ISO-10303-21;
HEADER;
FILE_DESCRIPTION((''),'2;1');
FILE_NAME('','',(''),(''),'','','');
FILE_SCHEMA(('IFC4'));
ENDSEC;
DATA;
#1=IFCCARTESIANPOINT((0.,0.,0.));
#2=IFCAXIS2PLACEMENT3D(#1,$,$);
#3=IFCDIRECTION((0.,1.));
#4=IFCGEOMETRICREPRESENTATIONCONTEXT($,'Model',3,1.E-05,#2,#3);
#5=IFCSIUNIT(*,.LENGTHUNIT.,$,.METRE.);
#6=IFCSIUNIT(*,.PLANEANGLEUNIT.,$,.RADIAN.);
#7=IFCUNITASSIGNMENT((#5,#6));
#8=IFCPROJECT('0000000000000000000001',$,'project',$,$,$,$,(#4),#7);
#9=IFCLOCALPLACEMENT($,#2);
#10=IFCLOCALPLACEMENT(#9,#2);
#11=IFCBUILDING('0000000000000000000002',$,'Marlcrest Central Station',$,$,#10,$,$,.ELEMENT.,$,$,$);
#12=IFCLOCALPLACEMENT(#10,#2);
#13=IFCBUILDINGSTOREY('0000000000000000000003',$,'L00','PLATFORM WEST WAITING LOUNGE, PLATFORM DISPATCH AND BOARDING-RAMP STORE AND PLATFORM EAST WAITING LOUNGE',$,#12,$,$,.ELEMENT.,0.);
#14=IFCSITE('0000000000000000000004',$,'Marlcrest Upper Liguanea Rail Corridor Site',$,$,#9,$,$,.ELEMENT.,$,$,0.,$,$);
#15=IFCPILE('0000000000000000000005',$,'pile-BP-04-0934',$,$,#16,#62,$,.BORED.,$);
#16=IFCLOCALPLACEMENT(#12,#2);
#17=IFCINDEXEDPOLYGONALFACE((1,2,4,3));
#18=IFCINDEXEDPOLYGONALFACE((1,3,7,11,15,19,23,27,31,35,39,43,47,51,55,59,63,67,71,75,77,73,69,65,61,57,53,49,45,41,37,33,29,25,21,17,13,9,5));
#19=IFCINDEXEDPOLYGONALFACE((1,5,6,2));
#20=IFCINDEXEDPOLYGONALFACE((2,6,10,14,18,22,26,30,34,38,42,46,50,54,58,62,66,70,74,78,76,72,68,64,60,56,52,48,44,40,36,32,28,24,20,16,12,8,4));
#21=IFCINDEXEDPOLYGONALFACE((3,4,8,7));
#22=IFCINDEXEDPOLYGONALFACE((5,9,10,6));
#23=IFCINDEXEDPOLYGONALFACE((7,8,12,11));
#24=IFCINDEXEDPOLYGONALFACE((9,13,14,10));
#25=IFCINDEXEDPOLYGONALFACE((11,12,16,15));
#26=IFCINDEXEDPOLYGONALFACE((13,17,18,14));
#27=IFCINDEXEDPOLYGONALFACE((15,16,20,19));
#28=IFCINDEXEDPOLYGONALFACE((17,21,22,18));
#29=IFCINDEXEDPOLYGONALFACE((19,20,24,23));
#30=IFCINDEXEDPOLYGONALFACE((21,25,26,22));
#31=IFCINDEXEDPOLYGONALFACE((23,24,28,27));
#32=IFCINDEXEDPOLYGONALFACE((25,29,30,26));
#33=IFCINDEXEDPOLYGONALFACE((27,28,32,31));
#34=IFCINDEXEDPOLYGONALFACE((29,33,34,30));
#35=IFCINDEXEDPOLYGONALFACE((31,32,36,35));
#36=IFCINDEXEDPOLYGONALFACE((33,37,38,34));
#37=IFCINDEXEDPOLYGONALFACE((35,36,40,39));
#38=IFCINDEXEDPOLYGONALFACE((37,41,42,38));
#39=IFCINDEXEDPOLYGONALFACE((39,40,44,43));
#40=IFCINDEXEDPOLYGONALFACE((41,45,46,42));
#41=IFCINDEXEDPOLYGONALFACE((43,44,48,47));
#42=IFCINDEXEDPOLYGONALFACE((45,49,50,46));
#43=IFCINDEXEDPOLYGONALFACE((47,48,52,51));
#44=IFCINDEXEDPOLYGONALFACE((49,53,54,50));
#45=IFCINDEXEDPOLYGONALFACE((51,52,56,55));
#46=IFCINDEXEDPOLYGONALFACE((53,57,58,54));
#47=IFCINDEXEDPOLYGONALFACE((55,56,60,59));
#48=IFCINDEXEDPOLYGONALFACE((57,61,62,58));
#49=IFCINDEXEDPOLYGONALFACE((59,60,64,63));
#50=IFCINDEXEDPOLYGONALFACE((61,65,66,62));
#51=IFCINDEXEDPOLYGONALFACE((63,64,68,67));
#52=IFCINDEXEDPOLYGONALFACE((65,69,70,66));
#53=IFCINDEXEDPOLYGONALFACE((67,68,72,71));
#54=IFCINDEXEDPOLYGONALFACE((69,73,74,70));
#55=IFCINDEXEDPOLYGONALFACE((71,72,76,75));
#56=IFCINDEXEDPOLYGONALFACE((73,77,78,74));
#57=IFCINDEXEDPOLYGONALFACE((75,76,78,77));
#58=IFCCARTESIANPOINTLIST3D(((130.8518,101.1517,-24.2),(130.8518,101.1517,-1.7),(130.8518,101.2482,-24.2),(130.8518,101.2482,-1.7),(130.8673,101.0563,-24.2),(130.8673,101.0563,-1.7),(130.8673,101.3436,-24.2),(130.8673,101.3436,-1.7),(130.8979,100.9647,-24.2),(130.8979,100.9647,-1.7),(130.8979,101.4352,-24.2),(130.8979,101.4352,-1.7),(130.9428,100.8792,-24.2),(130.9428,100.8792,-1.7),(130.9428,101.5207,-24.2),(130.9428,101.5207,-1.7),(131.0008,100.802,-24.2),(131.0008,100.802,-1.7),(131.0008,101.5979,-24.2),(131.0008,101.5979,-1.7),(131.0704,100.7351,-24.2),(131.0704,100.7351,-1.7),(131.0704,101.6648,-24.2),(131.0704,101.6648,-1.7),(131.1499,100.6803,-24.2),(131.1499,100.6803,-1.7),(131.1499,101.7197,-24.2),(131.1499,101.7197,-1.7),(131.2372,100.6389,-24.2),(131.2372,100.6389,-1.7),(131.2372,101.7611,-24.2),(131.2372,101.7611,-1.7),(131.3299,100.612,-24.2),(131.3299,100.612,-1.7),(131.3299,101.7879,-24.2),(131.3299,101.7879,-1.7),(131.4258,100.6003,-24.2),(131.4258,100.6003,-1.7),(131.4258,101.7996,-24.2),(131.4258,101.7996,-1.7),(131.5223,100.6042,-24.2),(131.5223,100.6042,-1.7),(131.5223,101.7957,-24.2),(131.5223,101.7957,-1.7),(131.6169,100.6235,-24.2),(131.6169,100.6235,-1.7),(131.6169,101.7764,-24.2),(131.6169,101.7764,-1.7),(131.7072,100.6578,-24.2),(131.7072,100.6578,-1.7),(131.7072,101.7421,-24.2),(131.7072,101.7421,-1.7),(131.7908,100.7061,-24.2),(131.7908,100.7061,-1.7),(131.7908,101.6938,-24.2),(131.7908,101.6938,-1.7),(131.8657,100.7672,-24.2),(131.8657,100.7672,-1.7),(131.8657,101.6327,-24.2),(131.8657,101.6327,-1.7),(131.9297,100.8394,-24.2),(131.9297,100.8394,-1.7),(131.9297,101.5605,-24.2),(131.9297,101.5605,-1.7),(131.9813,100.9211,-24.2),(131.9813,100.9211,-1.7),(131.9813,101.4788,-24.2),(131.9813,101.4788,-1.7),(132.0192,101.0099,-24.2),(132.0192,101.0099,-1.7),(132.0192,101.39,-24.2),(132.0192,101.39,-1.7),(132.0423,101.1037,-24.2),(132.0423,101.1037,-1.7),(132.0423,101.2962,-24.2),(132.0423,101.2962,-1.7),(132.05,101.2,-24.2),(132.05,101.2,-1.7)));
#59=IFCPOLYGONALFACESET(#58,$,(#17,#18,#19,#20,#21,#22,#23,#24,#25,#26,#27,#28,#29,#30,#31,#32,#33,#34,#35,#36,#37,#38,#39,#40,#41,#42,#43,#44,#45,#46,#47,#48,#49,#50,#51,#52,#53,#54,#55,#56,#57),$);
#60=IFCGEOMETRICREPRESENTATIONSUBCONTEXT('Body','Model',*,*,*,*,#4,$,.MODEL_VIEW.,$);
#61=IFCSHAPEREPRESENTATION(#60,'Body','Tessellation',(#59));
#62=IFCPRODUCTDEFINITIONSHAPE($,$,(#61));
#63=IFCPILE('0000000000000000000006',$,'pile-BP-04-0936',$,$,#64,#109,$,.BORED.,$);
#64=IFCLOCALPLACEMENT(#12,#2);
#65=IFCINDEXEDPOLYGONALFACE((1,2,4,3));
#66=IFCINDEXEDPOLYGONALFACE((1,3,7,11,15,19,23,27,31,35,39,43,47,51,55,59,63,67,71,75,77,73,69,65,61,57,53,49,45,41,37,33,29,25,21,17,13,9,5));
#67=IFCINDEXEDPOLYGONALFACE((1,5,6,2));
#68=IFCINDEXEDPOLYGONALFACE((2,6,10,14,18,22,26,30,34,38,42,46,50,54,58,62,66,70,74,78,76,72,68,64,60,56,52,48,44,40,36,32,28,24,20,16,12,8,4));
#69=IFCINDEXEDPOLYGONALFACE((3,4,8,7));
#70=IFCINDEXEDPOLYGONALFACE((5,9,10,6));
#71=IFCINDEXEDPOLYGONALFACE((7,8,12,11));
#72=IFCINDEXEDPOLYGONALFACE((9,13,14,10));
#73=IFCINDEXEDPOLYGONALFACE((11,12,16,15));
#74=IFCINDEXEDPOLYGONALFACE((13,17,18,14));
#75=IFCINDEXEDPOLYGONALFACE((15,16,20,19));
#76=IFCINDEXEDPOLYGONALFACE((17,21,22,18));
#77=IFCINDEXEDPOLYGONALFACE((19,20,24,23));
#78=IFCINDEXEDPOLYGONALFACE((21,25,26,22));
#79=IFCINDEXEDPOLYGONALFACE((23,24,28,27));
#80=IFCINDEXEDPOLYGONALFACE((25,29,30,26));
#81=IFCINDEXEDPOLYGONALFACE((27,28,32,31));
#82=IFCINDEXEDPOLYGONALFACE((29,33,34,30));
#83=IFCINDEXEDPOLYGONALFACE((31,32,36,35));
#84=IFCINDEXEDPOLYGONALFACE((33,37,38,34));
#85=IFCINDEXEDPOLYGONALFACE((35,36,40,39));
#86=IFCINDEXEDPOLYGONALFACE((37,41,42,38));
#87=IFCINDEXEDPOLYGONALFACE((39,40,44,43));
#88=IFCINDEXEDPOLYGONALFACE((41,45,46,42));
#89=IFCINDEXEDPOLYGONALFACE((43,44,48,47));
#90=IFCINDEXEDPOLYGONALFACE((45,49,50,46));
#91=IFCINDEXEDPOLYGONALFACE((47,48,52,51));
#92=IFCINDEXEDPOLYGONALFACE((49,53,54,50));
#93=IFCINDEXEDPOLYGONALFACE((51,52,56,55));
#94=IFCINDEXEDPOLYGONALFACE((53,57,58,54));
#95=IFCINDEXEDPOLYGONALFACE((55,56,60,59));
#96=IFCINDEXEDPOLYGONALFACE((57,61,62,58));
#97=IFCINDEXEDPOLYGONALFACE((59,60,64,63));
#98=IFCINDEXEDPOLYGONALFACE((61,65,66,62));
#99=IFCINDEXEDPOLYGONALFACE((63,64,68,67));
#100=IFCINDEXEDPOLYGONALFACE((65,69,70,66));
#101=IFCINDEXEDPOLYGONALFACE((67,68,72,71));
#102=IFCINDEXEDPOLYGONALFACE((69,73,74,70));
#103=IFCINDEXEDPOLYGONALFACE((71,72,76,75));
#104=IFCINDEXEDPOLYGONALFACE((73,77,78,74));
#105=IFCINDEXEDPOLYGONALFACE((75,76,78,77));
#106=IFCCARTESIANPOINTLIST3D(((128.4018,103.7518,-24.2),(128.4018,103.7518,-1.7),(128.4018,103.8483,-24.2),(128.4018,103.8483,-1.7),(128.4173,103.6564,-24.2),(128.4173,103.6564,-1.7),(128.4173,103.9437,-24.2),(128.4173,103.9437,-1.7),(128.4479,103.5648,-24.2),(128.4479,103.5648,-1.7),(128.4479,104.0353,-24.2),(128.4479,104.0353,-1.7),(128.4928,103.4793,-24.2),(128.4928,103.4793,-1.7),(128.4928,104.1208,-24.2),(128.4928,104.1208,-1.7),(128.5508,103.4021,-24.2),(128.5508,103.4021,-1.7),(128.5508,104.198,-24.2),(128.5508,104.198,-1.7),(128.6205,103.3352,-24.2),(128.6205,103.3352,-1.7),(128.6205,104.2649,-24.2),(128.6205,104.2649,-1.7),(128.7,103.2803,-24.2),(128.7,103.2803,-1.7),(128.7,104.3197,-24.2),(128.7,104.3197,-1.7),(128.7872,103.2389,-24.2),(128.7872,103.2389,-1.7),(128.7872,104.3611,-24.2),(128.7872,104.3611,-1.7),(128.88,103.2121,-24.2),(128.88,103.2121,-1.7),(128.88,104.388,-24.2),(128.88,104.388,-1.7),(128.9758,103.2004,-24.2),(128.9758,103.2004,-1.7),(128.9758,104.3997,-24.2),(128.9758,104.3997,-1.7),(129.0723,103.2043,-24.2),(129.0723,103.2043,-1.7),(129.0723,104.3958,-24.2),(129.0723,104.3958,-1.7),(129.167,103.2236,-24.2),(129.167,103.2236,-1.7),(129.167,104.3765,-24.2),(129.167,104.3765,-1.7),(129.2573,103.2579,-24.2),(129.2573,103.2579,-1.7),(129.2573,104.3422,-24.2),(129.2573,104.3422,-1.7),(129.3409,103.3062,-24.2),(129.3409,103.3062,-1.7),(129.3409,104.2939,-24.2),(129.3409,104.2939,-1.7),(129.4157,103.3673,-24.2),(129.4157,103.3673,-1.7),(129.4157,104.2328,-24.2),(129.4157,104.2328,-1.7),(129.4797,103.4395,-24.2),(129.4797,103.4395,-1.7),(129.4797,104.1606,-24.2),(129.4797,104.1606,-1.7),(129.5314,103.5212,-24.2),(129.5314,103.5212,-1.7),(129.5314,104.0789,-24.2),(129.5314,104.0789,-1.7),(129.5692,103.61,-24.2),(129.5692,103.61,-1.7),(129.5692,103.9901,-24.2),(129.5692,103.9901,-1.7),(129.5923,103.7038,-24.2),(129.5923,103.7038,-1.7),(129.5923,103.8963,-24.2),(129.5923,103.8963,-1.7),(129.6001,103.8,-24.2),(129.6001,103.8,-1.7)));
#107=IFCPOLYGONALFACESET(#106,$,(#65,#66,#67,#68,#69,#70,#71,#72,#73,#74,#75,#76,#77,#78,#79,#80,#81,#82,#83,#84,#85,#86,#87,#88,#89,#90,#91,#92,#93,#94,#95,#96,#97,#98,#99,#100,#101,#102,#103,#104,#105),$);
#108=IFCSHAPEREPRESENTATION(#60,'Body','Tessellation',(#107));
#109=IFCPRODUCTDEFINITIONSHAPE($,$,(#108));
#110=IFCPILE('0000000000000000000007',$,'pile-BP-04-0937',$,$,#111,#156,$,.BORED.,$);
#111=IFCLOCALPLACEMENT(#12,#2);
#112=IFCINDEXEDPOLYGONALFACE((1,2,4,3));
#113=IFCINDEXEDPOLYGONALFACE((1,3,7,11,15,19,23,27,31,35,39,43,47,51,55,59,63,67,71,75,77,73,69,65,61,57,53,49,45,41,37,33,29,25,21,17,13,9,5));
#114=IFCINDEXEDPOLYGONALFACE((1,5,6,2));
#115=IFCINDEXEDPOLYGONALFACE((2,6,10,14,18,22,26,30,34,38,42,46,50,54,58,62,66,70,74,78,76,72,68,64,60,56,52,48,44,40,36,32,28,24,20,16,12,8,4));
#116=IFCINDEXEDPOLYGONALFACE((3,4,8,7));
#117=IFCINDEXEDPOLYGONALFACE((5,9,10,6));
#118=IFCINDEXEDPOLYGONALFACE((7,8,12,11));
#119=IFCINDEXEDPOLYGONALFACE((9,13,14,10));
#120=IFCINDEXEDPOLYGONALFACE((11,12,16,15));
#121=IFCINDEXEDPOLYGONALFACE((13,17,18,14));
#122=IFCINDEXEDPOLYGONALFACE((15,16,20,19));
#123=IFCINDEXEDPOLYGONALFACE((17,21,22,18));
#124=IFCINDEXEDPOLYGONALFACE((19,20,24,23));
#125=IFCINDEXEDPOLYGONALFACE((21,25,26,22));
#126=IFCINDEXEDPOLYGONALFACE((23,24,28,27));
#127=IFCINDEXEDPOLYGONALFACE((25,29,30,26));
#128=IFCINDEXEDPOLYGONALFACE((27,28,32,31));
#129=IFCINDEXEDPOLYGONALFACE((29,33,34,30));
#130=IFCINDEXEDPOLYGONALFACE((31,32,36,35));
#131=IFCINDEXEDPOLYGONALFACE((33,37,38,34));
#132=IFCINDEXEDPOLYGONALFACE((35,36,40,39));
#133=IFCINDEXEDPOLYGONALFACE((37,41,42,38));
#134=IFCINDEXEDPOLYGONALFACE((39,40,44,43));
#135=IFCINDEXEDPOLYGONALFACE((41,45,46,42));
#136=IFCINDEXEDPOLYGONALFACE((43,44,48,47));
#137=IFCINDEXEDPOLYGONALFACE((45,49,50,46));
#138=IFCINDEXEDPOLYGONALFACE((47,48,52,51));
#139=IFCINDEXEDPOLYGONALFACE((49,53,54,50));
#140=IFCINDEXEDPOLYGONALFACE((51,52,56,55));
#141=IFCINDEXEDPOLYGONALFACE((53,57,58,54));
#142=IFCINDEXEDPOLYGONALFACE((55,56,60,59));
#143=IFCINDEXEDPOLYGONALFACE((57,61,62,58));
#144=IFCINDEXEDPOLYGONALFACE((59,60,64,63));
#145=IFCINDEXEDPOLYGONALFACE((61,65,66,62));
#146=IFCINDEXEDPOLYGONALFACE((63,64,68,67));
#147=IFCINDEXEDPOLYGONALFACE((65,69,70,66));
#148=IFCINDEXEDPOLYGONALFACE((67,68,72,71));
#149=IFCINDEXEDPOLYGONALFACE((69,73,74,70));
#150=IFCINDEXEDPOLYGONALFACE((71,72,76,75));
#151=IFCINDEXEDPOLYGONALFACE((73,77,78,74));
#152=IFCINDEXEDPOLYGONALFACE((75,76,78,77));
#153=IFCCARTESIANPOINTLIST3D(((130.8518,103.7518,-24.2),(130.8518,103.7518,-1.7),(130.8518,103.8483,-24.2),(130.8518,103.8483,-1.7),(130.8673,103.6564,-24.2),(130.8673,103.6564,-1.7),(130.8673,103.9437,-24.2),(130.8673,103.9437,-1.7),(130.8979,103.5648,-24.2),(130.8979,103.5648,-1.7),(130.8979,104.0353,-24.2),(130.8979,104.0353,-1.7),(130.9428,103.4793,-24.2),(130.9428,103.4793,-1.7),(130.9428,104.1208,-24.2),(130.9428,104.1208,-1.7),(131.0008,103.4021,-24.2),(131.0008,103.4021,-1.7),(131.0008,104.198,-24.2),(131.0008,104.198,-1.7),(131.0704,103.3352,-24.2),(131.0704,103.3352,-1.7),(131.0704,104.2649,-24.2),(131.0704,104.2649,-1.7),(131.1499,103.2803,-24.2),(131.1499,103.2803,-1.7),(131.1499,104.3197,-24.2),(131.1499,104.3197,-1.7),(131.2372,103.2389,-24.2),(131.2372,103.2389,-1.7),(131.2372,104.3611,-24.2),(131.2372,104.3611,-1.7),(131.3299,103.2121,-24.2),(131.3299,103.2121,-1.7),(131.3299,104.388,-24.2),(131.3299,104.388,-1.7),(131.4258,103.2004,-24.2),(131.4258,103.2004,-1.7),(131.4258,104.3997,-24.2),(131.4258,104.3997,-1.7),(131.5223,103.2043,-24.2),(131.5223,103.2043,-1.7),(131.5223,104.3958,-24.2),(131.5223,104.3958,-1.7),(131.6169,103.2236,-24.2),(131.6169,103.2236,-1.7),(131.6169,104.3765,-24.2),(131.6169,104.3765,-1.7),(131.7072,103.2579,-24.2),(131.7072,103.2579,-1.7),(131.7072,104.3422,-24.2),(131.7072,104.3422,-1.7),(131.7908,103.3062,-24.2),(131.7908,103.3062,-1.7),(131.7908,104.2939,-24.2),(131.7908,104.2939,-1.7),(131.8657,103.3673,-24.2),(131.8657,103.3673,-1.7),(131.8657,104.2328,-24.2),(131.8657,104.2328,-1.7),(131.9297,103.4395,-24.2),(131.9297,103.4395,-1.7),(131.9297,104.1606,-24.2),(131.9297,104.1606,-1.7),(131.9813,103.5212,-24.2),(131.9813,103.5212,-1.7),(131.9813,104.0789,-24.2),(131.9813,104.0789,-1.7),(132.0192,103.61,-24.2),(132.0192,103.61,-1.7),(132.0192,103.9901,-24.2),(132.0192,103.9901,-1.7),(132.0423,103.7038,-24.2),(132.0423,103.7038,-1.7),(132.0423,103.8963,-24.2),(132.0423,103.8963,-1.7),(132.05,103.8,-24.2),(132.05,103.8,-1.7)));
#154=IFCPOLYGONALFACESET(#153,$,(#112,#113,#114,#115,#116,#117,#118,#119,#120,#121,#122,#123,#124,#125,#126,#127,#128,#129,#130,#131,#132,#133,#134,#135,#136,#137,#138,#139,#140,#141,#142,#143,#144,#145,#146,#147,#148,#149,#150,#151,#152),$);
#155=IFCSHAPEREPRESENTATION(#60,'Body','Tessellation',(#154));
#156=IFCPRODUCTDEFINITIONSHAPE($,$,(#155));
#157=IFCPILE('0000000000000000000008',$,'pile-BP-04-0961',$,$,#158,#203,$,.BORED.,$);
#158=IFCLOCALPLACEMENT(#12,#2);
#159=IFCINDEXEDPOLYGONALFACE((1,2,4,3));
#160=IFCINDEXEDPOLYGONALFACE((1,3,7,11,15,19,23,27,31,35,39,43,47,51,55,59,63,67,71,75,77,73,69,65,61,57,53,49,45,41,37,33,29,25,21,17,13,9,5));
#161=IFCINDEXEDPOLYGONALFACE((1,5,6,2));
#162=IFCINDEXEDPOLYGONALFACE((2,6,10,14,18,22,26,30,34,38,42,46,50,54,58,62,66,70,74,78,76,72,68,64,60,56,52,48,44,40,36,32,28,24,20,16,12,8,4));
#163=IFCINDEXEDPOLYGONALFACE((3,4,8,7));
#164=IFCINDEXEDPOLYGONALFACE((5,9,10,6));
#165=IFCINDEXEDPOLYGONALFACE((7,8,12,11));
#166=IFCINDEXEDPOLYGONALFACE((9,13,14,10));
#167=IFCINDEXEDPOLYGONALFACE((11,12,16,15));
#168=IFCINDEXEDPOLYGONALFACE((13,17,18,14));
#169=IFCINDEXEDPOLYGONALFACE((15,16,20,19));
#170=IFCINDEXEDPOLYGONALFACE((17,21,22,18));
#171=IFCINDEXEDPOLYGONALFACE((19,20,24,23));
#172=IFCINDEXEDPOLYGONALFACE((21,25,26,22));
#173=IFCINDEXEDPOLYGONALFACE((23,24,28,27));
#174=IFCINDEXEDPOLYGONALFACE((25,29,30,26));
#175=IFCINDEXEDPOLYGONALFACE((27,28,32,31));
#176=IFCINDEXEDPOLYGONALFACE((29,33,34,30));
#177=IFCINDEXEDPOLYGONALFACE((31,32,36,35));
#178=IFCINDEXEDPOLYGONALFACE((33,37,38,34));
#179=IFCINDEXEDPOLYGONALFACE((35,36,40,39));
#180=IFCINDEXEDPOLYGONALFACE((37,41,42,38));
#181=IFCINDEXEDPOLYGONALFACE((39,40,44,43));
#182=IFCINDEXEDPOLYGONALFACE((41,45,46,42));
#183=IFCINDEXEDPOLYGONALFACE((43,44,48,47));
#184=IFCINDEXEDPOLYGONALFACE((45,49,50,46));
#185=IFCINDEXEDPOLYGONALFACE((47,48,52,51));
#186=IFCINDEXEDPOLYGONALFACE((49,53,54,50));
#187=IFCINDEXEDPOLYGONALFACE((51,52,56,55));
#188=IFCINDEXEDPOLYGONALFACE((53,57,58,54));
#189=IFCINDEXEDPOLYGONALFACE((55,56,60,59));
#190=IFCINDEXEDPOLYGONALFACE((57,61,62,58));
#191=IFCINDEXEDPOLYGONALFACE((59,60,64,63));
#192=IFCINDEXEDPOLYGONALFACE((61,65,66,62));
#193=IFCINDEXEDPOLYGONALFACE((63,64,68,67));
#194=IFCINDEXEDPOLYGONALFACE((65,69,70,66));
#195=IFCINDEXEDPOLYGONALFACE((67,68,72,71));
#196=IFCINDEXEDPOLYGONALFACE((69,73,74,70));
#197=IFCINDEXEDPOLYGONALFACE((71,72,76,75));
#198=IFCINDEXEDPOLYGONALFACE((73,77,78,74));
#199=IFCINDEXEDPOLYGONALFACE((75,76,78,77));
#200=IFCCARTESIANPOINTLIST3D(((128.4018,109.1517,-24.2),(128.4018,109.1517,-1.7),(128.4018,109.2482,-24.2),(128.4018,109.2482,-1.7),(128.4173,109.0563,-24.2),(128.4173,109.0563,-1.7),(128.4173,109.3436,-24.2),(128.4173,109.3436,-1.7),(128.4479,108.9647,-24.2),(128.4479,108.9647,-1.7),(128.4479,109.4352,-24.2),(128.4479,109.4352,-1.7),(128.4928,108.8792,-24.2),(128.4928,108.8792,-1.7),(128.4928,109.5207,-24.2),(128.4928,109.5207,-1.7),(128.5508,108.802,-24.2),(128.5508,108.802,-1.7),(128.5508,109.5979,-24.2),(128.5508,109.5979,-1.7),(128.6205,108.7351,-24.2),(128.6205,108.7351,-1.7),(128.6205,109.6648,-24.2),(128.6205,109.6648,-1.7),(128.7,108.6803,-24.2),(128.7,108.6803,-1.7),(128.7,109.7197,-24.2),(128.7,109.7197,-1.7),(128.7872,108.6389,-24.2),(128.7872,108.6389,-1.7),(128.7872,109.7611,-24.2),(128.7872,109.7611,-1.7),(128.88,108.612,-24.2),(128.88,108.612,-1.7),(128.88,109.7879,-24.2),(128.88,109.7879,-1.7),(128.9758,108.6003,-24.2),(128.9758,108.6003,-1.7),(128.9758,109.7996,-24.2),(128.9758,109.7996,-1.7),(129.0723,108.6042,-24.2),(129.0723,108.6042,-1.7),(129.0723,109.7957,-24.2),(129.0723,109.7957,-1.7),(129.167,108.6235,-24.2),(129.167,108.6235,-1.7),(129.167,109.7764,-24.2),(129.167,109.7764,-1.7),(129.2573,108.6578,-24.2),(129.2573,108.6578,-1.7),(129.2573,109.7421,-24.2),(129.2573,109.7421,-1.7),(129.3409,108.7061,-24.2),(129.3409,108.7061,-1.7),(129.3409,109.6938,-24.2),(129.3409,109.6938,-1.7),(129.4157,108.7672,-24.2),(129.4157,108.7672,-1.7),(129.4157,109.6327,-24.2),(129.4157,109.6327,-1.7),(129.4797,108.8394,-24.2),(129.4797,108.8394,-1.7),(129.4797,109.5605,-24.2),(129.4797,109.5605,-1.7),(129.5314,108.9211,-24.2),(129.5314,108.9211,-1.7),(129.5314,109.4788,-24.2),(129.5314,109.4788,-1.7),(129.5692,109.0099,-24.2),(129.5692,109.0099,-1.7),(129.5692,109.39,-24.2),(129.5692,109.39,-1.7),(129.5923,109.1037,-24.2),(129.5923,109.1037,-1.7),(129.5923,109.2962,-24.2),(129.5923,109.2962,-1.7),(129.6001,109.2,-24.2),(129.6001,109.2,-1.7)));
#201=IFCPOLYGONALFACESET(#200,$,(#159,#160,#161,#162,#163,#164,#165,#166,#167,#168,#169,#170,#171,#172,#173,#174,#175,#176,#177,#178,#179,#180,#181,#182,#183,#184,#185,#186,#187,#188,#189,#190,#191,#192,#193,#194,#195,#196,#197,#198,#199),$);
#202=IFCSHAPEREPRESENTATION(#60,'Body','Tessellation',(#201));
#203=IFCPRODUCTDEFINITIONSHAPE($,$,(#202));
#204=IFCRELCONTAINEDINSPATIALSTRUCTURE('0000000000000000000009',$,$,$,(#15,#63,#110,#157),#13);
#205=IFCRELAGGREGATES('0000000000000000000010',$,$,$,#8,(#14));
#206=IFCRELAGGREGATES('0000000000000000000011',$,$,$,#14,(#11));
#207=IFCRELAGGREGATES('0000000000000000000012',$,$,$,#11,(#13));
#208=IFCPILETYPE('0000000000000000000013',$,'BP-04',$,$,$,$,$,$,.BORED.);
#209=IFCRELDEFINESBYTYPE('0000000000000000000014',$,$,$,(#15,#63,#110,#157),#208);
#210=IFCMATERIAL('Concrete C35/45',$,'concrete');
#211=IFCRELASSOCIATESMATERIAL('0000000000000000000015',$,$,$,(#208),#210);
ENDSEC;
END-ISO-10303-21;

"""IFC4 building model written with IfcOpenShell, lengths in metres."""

from ifc_helpers import new_model, si_unit, direction, frame, origin, origin_2d, place, context, subcontext, project, spatial, circle, extrude, material, material_profile, profile_set, type_object, element, save


model = new_model("IFC4")

# Units and contexts
model_context = context("Model", 3, precision=1e-05, world=origin(), true_north=direction((0.0, 1.0)))
body_context = subcontext(model_context, "Body", "Model", "MODEL_VIEW")
ifc_project = project(units=[si_unit("LENGTHUNIT", "METRE"), si_unit("PLANEANGLEUNIT", "RADIAN")], contexts=[model_context])

# Site, building, storey
site_placement = place(None, origin())
site = spatial("IfcSite", under=ifc_project, at=site_placement, Name="Marlcrest Upper Liguanea Rail Corridor Site", CompositionType="ELEMENT", RefElevation=0.0)
building_placement = place(site_placement, origin())
building = spatial("IfcBuilding", under=site, at=building_placement, Name="Marlcrest Central Station", CompositionType="ELEMENT")
storey_placement = place(building_placement, origin())
storey = spatial("IfcBuildingStorey", under=building, at=storey_placement, Name="L00", Description="PLATFORM WEST WAITING LOUNGE, PLATFORM DISPATCH AND BOARDING-RAMP STORE AND PLATFORM EAST WAITING LOUNGE", CompositionType="ELEMENT", Elevation=0.0)

# Piles
ifc_material_1 = material(Name="Concrete C35/45", Category="concrete")
ifc_material_profile_1 = material_profile(ifc_material_1, circle(Radius=0.6001, at=origin_2d()), Name="PILE D1200")
ifc_profile_set_1 = profile_set([ifc_material_profile_1], Name="Concrete C35/45")
pile_type_1 = type_object("IfcPileType", Name="BP-04", PredefinedType="BORED", material=ifc_profile_set_1)
for number, where, z_axis, x_axis, name in (
    (1, (131.45, 101.2, -1.7), (0.0, 0.0, -1.0), (1.0, 0.0, 0.0), "pile-BP-04-0934"),
    (2, (129.0, 103.8, -1.7), (0.0, 0.0, -1.0), (1.0, 0.0, 0.0), "pile-BP-04-0936"),
    (3, (131.45, 103.8, -1.7), (0.0, 0.0, -1.0), (1.0, 0.0, 0.0), "pile-BP-04-0937"),
    (4, (129.0, 109.2, -1.7), (0.0, 0.0, -1.0), (1.0, 0.0, 0.0), "pile-BP-04-0961"),
):
    element("IfcPile", number, at=place(storey_placement, frame(where, z_axis=z_axis, x_axis=x_axis)), inside=storey, type_object=pile_type_1, Name=name, PredefinedType="BORED", context=body_context, shape_type="SweptSolid", body=[
        extrude(circle(Radius=0.6001, at=origin_2d()), origin(), (0.0, 0.0, 1.0), 22.5),
    ])

save(model, "model.ifc")
